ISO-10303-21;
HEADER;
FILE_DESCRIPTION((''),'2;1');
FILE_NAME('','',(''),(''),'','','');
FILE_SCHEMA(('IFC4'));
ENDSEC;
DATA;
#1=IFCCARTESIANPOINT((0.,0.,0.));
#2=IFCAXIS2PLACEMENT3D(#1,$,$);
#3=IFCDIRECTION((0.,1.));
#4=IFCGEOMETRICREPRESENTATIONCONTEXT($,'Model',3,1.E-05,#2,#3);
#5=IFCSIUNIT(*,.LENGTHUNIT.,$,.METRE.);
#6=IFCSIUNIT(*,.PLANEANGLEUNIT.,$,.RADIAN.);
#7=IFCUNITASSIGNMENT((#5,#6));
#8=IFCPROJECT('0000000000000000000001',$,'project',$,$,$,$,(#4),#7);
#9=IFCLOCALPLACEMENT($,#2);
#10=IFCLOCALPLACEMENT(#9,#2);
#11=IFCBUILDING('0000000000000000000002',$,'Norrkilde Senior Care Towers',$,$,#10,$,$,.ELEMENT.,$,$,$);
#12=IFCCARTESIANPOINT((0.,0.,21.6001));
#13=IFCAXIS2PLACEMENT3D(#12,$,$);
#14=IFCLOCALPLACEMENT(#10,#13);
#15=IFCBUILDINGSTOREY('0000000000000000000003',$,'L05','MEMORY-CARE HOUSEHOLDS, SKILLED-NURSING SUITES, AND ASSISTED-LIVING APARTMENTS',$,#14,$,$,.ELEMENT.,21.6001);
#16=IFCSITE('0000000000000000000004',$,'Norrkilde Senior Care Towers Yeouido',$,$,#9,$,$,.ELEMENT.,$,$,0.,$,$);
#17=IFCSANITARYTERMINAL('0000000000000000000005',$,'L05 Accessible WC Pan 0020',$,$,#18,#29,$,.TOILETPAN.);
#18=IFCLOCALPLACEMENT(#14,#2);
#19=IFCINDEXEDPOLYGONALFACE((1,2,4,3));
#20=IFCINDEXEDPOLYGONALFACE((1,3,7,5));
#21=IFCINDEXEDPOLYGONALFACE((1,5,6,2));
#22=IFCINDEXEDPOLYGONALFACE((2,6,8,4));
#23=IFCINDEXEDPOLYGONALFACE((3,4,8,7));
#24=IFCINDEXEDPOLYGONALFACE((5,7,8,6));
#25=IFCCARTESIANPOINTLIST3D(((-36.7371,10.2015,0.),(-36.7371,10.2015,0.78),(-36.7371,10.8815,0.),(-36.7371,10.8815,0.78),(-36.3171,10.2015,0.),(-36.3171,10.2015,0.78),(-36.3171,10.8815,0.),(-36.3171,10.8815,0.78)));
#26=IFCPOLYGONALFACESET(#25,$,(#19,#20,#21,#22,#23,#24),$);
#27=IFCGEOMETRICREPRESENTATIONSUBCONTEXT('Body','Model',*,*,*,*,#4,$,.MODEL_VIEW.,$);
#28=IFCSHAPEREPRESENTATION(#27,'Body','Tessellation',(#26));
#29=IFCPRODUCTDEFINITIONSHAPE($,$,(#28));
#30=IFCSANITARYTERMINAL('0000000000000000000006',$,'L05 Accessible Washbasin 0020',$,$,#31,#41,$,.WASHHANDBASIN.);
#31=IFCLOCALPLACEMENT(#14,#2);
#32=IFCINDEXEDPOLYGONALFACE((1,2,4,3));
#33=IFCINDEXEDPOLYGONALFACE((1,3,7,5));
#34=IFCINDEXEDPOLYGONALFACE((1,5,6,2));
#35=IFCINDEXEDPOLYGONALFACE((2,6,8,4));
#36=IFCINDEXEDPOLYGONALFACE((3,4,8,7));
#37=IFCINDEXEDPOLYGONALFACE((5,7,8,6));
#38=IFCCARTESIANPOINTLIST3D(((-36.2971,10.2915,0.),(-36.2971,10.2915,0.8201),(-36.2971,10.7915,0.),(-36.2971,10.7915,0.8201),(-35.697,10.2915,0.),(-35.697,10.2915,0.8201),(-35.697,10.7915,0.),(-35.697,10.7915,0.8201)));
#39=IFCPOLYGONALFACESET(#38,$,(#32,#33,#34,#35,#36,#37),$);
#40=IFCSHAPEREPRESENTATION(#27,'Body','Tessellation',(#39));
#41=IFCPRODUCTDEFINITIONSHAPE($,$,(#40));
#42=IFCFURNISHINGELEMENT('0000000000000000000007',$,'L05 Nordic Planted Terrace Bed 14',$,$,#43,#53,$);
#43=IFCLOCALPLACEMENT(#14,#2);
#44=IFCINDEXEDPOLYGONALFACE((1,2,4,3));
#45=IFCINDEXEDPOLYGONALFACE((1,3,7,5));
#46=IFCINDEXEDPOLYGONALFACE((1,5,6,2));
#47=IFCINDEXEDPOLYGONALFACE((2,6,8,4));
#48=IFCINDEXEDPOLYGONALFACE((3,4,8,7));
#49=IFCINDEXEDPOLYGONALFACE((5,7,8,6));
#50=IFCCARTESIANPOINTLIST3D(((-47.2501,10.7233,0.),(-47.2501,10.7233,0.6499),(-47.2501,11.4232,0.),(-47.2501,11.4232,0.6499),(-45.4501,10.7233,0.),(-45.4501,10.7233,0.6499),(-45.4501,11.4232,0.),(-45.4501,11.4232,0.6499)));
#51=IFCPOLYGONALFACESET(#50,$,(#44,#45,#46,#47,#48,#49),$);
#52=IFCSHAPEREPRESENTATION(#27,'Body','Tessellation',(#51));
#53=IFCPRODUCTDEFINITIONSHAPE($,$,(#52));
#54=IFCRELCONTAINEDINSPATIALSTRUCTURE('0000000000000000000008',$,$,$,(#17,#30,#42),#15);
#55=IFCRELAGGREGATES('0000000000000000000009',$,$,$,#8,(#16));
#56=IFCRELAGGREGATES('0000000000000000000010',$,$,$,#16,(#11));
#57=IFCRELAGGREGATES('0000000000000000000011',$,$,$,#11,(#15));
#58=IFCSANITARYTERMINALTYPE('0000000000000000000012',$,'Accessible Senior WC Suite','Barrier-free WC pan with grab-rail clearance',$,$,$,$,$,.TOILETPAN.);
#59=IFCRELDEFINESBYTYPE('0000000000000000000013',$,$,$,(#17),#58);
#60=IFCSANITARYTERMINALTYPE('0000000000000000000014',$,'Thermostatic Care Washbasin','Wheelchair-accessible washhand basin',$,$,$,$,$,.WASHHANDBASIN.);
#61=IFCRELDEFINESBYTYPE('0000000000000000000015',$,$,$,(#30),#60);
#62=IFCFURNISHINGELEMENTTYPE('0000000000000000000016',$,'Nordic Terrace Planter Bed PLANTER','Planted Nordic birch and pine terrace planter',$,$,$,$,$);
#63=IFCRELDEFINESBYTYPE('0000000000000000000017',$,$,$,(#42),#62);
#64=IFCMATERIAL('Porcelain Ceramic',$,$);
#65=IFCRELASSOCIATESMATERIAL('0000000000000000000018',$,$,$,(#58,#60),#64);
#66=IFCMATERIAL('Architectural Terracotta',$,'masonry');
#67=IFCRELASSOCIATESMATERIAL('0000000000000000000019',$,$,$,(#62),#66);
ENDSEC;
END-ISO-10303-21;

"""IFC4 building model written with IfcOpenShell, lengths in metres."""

from ifc_helpers import new_model, si_unit, direction, frame, origin, origin_2d, place, context, subcontext, project, spatial, rectangle, extrude, source, transform, mapped, material, type_object, type_shapes, element, save


model = new_model("IFC4")

# Units and contexts
model_context = context("Model", 3, precision=1e-05, world=origin(), true_north=direction((0.0, 1.0)))
body_context = subcontext(model_context, "Body", "Model", "MODEL_VIEW")
ifc_project = project(units=[si_unit("LENGTHUNIT", "METRE"), si_unit("PLANEANGLEUNIT", "RADIAN")], contexts=[model_context])

# Site, building, storey
site_placement = place(None, origin())
site = spatial("IfcSite", under=ifc_project, at=site_placement, Name="Norrkilde Senior Care Towers Yeouido", CompositionType="ELEMENT", RefElevation=0.0)
building_placement = place(site_placement, origin())
building = spatial("IfcBuilding", under=site, at=building_placement, Name="Norrkilde Senior Care Towers", CompositionType="ELEMENT")
storey_placement = place(building_placement, frame((0.0, 0.0, 21.6001)))
storey = spatial("IfcBuildingStorey", under=building, at=storey_placement, Name="L05", Description="MEMORY-CARE HOUSEHOLDS, SKILLED-NURSING SUITES, AND ASSISTED-LIVING APARTMENTS", CompositionType="ELEMENT", Elevation=21.6001)

# Shared definitions
ifc_material_1 = material(Name="Architectural Terracotta", Category="masonry")

# Sanitary terminals
ifc_material_2 = material(Name="Porcelain Ceramic")
sanitary_terminal_type_1 = type_object("IfcSanitaryTerminalType", Name="Accessible Senior WC Suite", Description="Barrier-free WC pan with grab-rail clearance", PredefinedType="TOILETPAN", material=ifc_material_2)
shared_shape_1 = source(origin(), body_context, "Body", "SweptSolid", [
    extrude(rectangle(XDim=0.4199, YDim=0.6799, at=origin_2d()), origin(), (0.0, 0.0, 1.0), 0.78),
])
type_shapes(sanitary_terminal_type_1, [shared_shape_1])
sanitary_terminal_1_placement = place(storey_placement, frame((-36.5271, 10.5415, 0.0), z_axis=(0.0, 0.0, 1.0), x_axis=(1.0, 0.0, 0.0)))
element("IfcSanitaryTerminal", 1, at=sanitary_terminal_1_placement, inside=storey, type_object=sanitary_terminal_type_1, Name="L05 Accessible WC Pan 0020", PredefinedType="TOILETPAN", context=body_context, shape_type="MappedRepresentation", body=[
    mapped(shared_shape_1, transform((0.0, 0.0, 0.0), x_axis=(1.0, 0.0, 0.0), y_axis=(0.0, 1.0, 0.0), z_axis=(0.0, 0.0, 1.0), scale=1.0)),
])
sanitary_terminal_type_2 = type_object("IfcSanitaryTerminalType", Name="Thermostatic Care Washbasin", Description="Wheelchair-accessible washhand basin", PredefinedType="WASHHANDBASIN", material=ifc_material_2)
shared_shape_2 = source(origin(), body_context, "Body", "SweptSolid", [
    extrude(rectangle(XDim=0.6001, YDim=0.5, at=origin_2d()), origin(), (0.0, 0.0, 1.0), 0.8201),
])
type_shapes(sanitary_terminal_type_2, [shared_shape_2])
sanitary_terminal_2_placement = place(storey_placement, frame((-35.9971, 10.5415, 0.0), z_axis=(0.0, 0.0, 1.0), x_axis=(1.0, 0.0, 0.0)))
element("IfcSanitaryTerminal", 2, at=sanitary_terminal_2_placement, inside=storey, type_object=sanitary_terminal_type_2, Name="L05 Accessible Washbasin 0020", PredefinedType="WASHHANDBASIN", context=body_context, shape_type="MappedRepresentation", body=[
    mapped(shared_shape_2, transform((0.0, 0.0, 0.0), x_axis=(1.0, 0.0, 0.0), y_axis=(0.0, 1.0, 0.0), z_axis=(0.0, 0.0, 1.0), scale=1.0)),
])

# Furnishing element
furnishing_element_type = type_object("IfcFurnishingElementType", Name="Nordic Terrace Planter Bed PLANTER", Description="Planted Nordic birch and pine terrace planter", material=ifc_material_1)
shared_shape_3 = source(origin(), body_context, "Body", "SweptSolid", [
    extrude(rectangle(XDim=1.8, YDim=0.7, at=origin_2d()), origin(), (0.0, 0.0, 1.0), 0.6499),
])
type_shapes(furnishing_element_type, [shared_shape_3])
furnishing_placement = place(storey_placement, frame((-46.3501, 11.0732, 0.0), z_axis=(0.0, 0.0, 1.0), x_axis=(1.0, 0.0, 0.0)))
element("IfcFurnishingElement", 3, at=furnishing_placement, inside=storey, type_object=furnishing_element_type, Name="L05 Nordic Planted Terrace Bed 14", context=body_context, shape_type="MappedRepresentation", body=[
    mapped(shared_shape_3, transform((0.0, 0.0, 0.0), x_axis=(1.0, 0.0, 0.0), y_axis=(0.0, 1.0, 0.0), z_axis=(0.0, 0.0, 1.0), scale=1.0)),
])

save(model, "model.ifc")
